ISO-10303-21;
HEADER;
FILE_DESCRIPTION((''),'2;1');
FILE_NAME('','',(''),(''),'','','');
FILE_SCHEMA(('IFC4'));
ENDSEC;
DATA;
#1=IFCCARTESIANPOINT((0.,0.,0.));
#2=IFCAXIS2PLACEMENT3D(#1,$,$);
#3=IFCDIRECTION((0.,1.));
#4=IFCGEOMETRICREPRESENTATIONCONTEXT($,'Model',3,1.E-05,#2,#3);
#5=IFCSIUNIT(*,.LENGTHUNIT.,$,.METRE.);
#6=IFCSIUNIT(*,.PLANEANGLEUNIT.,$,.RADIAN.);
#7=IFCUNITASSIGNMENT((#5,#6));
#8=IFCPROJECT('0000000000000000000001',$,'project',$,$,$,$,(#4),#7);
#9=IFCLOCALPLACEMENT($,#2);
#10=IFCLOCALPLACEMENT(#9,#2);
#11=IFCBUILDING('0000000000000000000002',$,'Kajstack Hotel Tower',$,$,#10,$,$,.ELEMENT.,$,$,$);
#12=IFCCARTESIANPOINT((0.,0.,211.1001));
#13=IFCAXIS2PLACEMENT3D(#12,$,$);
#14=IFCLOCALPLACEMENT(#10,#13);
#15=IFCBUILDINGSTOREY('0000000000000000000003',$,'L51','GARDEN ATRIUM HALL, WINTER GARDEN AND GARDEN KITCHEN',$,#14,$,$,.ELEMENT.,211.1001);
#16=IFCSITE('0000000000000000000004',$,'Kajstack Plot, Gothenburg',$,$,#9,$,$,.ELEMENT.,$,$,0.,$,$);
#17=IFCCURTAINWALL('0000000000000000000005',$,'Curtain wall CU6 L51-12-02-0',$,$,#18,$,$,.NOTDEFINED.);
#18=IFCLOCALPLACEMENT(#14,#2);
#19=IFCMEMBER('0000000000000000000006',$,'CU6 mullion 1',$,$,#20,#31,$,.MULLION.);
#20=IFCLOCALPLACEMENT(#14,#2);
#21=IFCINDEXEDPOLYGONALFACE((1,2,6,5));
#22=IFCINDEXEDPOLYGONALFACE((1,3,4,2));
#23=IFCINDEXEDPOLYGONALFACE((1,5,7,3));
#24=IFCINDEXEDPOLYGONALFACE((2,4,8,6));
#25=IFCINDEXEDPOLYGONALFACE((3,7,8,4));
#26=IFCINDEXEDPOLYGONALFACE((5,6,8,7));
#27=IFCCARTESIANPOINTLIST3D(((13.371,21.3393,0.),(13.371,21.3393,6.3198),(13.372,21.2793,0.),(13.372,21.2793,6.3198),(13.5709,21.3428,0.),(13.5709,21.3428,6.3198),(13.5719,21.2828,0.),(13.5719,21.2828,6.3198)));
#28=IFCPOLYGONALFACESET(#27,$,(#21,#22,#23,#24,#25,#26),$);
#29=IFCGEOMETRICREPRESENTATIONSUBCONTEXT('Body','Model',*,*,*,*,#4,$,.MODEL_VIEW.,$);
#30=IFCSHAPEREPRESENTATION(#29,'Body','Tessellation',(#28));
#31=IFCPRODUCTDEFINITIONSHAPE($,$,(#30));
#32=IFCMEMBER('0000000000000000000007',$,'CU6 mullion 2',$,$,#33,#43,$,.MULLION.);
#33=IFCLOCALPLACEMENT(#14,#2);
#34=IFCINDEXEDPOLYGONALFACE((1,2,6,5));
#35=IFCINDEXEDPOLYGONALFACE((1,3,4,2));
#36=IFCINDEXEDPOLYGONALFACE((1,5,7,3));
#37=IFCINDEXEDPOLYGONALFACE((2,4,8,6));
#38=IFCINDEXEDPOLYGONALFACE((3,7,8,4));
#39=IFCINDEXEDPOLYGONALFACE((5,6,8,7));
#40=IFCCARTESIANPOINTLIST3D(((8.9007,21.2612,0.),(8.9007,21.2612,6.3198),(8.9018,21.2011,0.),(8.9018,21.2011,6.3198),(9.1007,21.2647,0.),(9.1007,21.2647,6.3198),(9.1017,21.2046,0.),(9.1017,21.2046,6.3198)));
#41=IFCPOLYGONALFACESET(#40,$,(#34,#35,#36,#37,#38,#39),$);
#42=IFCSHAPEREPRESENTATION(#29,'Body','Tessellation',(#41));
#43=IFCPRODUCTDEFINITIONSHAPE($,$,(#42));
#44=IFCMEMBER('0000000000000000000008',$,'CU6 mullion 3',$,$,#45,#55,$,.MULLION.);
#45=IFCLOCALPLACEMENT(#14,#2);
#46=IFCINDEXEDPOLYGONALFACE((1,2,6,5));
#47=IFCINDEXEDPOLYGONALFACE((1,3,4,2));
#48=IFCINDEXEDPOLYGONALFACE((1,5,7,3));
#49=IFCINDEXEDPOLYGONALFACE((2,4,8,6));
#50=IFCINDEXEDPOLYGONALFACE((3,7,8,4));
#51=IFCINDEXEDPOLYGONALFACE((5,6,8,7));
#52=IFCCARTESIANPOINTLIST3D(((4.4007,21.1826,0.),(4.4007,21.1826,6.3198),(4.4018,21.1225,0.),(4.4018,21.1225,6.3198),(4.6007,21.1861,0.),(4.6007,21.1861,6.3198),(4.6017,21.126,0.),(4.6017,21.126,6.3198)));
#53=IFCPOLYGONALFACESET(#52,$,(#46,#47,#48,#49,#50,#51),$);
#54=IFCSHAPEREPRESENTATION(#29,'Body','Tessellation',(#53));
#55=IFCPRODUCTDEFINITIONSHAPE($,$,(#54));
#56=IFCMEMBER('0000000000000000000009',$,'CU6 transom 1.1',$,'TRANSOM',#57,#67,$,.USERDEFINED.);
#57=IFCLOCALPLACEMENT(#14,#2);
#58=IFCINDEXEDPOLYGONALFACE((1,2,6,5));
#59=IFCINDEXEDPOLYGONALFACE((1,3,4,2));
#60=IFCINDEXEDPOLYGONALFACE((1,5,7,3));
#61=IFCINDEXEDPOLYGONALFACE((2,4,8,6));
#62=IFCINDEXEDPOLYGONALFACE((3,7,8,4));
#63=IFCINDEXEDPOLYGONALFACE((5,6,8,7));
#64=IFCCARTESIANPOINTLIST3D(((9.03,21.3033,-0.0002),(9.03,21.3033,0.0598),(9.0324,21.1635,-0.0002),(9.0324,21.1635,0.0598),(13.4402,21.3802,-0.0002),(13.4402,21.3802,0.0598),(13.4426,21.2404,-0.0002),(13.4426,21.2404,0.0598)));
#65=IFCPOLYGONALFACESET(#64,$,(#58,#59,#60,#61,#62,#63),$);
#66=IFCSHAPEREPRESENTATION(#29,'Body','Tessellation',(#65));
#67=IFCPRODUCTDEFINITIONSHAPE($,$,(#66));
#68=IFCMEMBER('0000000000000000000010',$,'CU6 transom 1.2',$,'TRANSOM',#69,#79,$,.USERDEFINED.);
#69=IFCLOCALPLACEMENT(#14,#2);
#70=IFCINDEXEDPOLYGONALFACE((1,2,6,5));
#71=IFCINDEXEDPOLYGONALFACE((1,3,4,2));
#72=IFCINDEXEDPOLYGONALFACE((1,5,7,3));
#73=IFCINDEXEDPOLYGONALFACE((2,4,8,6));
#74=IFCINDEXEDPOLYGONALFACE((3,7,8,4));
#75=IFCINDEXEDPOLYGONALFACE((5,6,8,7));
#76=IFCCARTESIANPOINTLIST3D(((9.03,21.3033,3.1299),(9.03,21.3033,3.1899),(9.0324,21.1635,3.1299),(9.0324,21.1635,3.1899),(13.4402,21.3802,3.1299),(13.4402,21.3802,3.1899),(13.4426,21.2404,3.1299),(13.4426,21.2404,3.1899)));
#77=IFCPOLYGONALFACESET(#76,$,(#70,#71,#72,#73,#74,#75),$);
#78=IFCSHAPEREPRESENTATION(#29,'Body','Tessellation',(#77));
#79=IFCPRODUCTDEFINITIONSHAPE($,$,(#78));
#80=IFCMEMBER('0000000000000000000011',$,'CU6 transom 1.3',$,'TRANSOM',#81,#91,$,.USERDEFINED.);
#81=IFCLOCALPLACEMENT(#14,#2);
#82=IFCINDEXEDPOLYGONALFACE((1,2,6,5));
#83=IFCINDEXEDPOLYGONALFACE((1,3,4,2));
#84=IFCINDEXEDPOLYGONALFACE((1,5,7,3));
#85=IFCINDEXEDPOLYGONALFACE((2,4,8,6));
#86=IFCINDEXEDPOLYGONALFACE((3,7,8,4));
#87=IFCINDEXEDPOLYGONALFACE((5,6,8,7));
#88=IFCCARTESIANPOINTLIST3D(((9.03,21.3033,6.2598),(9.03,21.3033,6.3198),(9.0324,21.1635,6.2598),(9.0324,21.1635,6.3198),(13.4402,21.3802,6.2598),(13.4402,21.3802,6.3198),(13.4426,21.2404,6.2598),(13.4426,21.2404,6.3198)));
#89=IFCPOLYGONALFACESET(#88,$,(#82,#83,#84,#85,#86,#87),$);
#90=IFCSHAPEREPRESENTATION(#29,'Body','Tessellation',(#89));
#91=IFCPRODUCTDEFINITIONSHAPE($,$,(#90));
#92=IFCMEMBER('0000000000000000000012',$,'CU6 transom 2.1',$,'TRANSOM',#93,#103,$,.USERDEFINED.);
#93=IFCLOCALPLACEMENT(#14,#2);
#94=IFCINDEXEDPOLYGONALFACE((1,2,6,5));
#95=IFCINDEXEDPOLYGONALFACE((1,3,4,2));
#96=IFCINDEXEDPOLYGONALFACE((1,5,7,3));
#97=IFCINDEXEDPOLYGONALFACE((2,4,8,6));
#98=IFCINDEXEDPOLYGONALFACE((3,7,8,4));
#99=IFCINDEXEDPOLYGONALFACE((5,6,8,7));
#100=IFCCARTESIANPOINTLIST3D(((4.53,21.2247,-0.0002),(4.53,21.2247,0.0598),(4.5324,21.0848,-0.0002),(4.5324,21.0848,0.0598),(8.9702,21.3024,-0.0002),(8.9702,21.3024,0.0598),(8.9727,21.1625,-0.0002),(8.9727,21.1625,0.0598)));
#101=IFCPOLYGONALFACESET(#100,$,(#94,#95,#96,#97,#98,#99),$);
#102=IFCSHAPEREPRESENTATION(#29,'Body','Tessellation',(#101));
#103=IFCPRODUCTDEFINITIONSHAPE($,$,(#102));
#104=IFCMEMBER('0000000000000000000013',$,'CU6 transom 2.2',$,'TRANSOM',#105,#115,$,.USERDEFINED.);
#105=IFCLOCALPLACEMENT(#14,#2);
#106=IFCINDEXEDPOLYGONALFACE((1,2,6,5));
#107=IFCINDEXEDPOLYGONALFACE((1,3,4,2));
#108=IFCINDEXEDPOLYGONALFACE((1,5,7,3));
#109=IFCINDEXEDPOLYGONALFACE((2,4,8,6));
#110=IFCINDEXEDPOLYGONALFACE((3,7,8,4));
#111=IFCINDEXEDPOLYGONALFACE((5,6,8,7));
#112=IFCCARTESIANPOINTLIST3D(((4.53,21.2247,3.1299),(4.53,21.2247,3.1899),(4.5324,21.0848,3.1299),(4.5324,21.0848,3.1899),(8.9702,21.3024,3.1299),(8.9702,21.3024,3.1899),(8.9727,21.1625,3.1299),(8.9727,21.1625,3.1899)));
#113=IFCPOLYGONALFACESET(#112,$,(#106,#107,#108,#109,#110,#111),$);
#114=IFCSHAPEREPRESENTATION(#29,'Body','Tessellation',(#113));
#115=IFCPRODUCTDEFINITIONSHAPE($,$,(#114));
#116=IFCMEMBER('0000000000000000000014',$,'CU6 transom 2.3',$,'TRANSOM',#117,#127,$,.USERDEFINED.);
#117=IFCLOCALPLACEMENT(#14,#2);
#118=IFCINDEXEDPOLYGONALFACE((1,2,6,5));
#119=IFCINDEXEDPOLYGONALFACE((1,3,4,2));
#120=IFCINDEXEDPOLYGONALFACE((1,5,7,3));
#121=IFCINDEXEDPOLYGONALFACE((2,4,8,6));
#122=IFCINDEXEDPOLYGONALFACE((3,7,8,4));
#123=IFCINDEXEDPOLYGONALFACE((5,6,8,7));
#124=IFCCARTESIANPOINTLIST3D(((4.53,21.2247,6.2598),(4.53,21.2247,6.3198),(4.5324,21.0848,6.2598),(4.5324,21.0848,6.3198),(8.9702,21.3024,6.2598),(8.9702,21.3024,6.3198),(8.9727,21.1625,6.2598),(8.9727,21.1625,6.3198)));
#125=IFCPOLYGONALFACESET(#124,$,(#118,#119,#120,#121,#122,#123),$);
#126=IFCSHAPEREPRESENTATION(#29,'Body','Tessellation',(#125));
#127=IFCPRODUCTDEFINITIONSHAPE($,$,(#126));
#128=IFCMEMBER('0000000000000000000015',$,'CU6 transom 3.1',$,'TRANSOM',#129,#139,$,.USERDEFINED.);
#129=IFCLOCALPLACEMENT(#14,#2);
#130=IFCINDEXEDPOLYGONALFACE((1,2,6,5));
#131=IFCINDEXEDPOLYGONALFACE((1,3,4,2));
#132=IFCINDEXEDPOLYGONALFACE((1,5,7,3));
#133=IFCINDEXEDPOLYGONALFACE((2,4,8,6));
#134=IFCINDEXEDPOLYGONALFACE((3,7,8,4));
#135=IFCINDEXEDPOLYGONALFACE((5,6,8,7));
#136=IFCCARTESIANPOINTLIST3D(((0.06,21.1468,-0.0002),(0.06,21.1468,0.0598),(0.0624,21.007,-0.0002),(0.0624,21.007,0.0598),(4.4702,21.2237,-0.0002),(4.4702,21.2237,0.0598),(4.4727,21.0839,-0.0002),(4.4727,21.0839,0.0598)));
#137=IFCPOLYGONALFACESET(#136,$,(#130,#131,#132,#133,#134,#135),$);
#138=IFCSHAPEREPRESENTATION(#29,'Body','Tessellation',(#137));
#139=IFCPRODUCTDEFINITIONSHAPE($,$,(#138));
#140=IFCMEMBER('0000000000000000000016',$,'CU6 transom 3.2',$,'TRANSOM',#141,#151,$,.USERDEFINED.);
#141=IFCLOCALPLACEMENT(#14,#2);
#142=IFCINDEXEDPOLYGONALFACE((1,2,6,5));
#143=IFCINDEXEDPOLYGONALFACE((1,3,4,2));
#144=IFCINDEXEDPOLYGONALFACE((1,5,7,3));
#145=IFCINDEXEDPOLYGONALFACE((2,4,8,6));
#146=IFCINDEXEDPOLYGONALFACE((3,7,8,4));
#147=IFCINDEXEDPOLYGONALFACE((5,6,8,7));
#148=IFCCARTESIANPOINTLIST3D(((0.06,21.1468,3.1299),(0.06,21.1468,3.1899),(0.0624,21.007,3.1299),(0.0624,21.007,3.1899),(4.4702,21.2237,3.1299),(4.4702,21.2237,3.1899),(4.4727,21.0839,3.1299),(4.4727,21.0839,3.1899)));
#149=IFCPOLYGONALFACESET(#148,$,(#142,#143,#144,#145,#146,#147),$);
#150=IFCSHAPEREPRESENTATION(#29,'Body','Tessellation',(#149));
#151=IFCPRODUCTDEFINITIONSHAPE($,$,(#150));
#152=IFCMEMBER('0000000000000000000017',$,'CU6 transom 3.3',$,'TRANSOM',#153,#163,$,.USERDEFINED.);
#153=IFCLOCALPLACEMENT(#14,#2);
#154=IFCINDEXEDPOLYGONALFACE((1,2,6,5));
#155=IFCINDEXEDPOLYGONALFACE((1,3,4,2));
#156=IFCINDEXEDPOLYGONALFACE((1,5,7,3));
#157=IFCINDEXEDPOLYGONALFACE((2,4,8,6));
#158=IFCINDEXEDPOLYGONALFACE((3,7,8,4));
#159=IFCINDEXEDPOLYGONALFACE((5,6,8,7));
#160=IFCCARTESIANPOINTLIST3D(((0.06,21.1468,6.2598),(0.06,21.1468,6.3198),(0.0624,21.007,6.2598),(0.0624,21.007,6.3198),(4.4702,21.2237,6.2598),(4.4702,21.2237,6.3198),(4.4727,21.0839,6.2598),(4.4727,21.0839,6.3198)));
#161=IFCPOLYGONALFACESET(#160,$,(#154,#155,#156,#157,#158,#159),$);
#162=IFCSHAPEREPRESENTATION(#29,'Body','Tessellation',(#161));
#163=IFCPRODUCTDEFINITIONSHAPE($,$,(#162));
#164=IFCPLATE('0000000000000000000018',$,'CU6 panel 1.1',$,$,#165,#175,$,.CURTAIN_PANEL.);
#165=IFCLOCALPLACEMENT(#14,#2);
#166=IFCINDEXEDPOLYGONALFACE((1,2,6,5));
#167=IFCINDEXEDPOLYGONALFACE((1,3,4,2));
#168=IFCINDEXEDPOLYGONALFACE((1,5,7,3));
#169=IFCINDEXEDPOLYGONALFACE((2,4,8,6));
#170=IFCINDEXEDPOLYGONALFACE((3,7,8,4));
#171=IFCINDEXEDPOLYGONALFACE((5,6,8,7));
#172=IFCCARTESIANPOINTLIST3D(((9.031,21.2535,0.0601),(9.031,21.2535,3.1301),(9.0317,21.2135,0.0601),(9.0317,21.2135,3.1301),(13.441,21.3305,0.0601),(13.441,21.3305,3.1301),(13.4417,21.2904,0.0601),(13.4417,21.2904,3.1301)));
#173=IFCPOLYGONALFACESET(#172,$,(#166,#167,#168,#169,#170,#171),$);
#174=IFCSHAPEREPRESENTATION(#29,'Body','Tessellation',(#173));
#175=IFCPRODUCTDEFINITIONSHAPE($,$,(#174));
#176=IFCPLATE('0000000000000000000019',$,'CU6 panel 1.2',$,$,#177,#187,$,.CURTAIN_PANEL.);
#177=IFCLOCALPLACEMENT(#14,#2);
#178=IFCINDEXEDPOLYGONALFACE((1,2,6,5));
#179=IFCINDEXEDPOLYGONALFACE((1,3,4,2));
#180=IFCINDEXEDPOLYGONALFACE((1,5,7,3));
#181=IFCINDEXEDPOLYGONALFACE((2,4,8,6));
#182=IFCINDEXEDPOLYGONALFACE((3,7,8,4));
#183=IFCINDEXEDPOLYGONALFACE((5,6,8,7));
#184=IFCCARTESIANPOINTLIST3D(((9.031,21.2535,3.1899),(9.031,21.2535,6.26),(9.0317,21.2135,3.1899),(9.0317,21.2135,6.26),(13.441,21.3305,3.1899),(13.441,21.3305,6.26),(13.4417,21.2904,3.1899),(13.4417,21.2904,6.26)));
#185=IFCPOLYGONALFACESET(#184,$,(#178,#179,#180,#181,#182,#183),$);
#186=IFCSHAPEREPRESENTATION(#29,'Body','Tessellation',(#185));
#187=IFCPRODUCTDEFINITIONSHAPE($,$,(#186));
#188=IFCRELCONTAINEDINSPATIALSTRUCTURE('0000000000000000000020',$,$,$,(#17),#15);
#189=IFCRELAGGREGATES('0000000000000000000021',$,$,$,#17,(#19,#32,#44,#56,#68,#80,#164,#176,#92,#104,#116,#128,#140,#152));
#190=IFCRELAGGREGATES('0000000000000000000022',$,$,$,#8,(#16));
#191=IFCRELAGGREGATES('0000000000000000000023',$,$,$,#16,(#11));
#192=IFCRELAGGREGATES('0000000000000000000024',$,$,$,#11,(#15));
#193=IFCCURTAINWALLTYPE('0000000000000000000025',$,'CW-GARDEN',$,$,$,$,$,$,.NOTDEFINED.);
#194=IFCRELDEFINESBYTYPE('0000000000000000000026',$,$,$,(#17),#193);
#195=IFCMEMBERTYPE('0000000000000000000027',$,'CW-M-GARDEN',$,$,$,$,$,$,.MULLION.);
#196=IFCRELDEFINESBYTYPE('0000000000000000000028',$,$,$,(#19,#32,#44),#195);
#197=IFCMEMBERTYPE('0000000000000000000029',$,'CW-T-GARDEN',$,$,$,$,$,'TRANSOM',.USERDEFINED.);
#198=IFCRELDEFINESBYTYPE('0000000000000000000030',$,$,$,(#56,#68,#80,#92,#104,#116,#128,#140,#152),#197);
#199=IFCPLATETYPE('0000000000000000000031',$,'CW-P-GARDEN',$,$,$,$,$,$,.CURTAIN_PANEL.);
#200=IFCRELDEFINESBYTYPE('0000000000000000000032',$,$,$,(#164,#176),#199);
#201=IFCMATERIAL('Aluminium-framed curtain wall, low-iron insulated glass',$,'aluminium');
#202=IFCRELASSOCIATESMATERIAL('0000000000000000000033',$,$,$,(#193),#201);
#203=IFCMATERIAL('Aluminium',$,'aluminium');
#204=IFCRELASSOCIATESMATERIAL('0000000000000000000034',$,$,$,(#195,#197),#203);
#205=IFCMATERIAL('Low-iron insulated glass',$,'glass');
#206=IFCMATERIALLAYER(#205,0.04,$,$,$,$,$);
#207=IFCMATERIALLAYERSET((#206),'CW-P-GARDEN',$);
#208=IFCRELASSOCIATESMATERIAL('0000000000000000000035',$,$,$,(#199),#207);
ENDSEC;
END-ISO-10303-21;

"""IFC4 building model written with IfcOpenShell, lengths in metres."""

from ifc_helpers import new_model, si_unit, direction, frame, origin, origin_2d, place, context, subcontext, project, spatial, rectangle, extrude, material, layer, layer_set, material_profile, profile_set, type_object, element, aggregate, save


model = new_model("IFC4")

# Units and contexts
model_context = context("Model", 3, precision=1e-05, world=origin(), true_north=direction((0.0, 1.0)))
body_context = subcontext(model_context, "Body", "Model", "MODEL_VIEW")
ifc_project = project(units=[si_unit("LENGTHUNIT", "METRE"), si_unit("PLANEANGLEUNIT", "RADIAN")], contexts=[model_context])

# Site, building, storey
site_placement = place(None, origin())
site = spatial("IfcSite", under=ifc_project, at=site_placement, Name="Kajstack Plot, Gothenburg", CompositionType="ELEMENT", RefElevation=0.0)
building_placement = place(site_placement, origin())
building = spatial("IfcBuilding", under=site, at=building_placement, Name="Kajstack Hotel Tower", CompositionType="ELEMENT")
storey_placement = place(building_placement, frame((0.0, 0.0, 211.1001)))
storey = spatial("IfcBuildingStorey", under=building, at=storey_placement, Name="L51", Description="GARDEN ATRIUM HALL, WINTER GARDEN AND GARDEN KITCHEN", CompositionType="ELEMENT", Elevation=211.1001)

# Curtain wall, members, plates
ifc_material_1 = material(Name="Aluminium-framed curtain wall, low-iron insulated glass", Category="aluminium")
curtain_wall_type = type_object("IfcCurtainWallType", Name="CW-GARDEN", PredefinedType="NOTDEFINED", material=ifc_material_1)
curtain_wall_placement = place(storey_placement, origin())
curtain_wall = element("IfcCurtainWall", 1, at=curtain_wall_placement, inside=storey, type_object=curtain_wall_type, Name="Curtain wall CU6 L51-12-02-0", PredefinedType="NOTDEFINED")
ifc_material_2 = material(Name="Aluminium", Category="aluminium")
ifc_material_profile_1 = material_profile(ifc_material_2, rectangle(XDim=0.0601, YDim=0.2, at=origin_2d()), Name="Aluminium mullion 60 x 200")
ifc_profile_set_1 = profile_set([ifc_material_profile_1], Name="Aluminium")
member_type_1 = type_object("IfcMemberType", Name="CW-M-GARDEN", PredefinedType="MULLION", material=ifc_profile_set_1)
member_1_placement = place(storey_placement, frame((13.4714, 21.311, 0.0), z_axis=(0.0, 0.0, 1.0), x_axis=(0.017453, -0.999848, 0.0)))
member_1 = element("IfcMember", 2, at=member_1_placement, type_object=member_type_1, Name="CU6 mullion 1", PredefinedType="MULLION", context=body_context, shape_type="SweptSolid", body=[
    extrude(rectangle(XDim=0.0601, YDim=0.2, at=origin_2d()), origin(), (0.0, 0.0, 1.0), 6.3198),
])
member_2_placement = place(storey_placement, frame((9.0012, 21.2329, 0.0), z_axis=(0.0, 0.0, 1.0), x_axis=(0.017453, -0.999848, 0.0)))
member_2 = element("IfcMember", 3, at=member_2_placement, type_object=member_type_1, Name="CU6 mullion 2", PredefinedType="MULLION", context=body_context, shape_type="SweptSolid", body=[
    extrude(rectangle(XDim=0.0601, YDim=0.2, at=origin_2d()), origin(), (0.0, 0.0, 1.0), 6.3198),
])
member_3_placement = place(storey_placement, frame((4.5012, 21.1543, 0.0), z_axis=(0.0, 0.0, 1.0), x_axis=(0.017453, -0.999848, 0.0)))
member_3 = element("IfcMember", 4, at=member_3_placement, type_object=member_type_1, Name="CU6 mullion 3", PredefinedType="MULLION", context=body_context, shape_type="SweptSolid", body=[
    extrude(rectangle(XDim=0.0601, YDim=0.2, at=origin_2d()), origin(), (0.0, 0.0, 1.0), 6.3198),
])
ifc_material_profile_2 = material_profile(ifc_material_2, rectangle(XDim=0.1399, YDim=0.0601, at=origin_2d()), Name="Aluminium transom 140 x 60")
ifc_profile_set_2 = profile_set([ifc_material_profile_2], Name="Aluminium")
member_type_2 = type_object("IfcMemberType", Name="CW-T-GARDEN", ElementType="TRANSOM", PredefinedType="USERDEFINED", material=ifc_profile_set_2)
member_4_placement = place(storey_placement, frame((13.4414, 21.3103, 0.0298), z_axis=(-0.999848, -0.017435, 0.0), x_axis=(0.017435, -0.999848, 0.0)))
member_4 = element("IfcMember", 5, at=member_4_placement, type_object=member_type_2, Name="CU6 transom 1.1", ObjectType="TRANSOM", PredefinedType="USERDEFINED", context=body_context, shape_type="SweptSolid", body=[
    extrude(rectangle(XDim=0.1399, YDim=0.0601, at=origin_2d()), origin(), (0.0, 0.0, 1.0), 4.4109),
])
member_5_placement = place(storey_placement, frame((13.4414, 21.3103, 3.1599), z_axis=(-0.999848, -0.017435, 0.0), x_axis=(0.017435, -0.999848, 0.0)))
member_5 = element("IfcMember", 6, at=member_5_placement, type_object=member_type_2, Name="CU6 transom 1.2", ObjectType="TRANSOM", PredefinedType="USERDEFINED", context=body_context, shape_type="SweptSolid", body=[
    extrude(rectangle(XDim=0.1399, YDim=0.0601, at=origin_2d()), origin(), (0.0, 0.0, 1.0), 4.4109),
])
member_6_placement = place(storey_placement, frame((13.4414, 21.3103, 6.2898), z_axis=(-0.999848, -0.017435, 0.0), x_axis=(0.017435, -0.999848, 0.0)))
member_6 = element("IfcMember", 7, at=member_6_placement, type_object=member_type_2, Name="CU6 transom 1.3", ObjectType="TRANSOM", PredefinedType="USERDEFINED", context=body_context, shape_type="SweptSolid", body=[
    extrude(rectangle(XDim=0.1399, YDim=0.0601, at=origin_2d()), origin(), (0.0, 0.0, 1.0), 4.4109),
])
member_7_placement = place(storey_placement, frame((8.9714, 21.2324, 0.0298), z_axis=(-0.999847, -0.017482, 0.0), x_axis=(0.017482, -0.999847, 0.0)))
member_7 = element("IfcMember", 8, at=member_7_placement, type_object=member_type_2, Name="CU6 transom 2.1", ObjectType="TRANSOM", PredefinedType="USERDEFINED", context=body_context, shape_type="SweptSolid", body=[
    extrude(rectangle(XDim=0.1399, YDim=0.0601, at=origin_2d()), origin(), (0.0, 0.0, 1.0), 4.4409),
])
member_8_placement = place(storey_placement, frame((8.9714, 21.2324, 3.1599), z_axis=(-0.999847, -0.017482, 0.0), x_axis=(0.017482, -0.999847, 0.0)))
member_8 = element("IfcMember", 9, at=member_8_placement, type_object=member_type_2, Name="CU6 transom 2.2", ObjectType="TRANSOM", PredefinedType="USERDEFINED", context=body_context, shape_type="SweptSolid", body=[
    extrude(rectangle(XDim=0.1399, YDim=0.0601, at=origin_2d()), origin(), (0.0, 0.0, 1.0), 4.4409),
])
member_9_placement = place(storey_placement, frame((8.9714, 21.2324, 6.2898), z_axis=(-0.999847, -0.017482, 0.0), x_axis=(0.017482, -0.999847, 0.0)))
member_9 = element("IfcMember", 10, at=member_9_placement, type_object=member_type_2, Name="CU6 transom 2.3", ObjectType="TRANSOM", PredefinedType="USERDEFINED", context=body_context, shape_type="SweptSolid", body=[
    extrude(rectangle(XDim=0.1399, YDim=0.0601, at=origin_2d()), origin(), (0.0, 0.0, 1.0), 4.4409),
])
member_10_placement = place(storey_placement, frame((4.4714, 21.1538, 0.0298), z_axis=(-0.999848, -0.017435, 0.0), x_axis=(0.017435, -0.999848, 0.0)))
member_10 = element("IfcMember", 11, at=member_10_placement, type_object=member_type_2, Name="CU6 transom 3.1", ObjectType="TRANSOM", PredefinedType="USERDEFINED", context=body_context, shape_type="SweptSolid", body=[
    extrude(rectangle(XDim=0.1399, YDim=0.0601, at=origin_2d()), origin(), (0.0, 0.0, 1.0), 4.4109),
])
member_11_placement = place(storey_placement, frame((4.4714, 21.1538, 3.1599), z_axis=(-0.999848, -0.017435, 0.0), x_axis=(0.017435, -0.999848, 0.0)))
member_11 = element("IfcMember", 12, at=member_11_placement, type_object=member_type_2, Name="CU6 transom 3.2", ObjectType="TRANSOM", PredefinedType="USERDEFINED", context=body_context, shape_type="SweptSolid", body=[
    extrude(rectangle(XDim=0.1399, YDim=0.0601, at=origin_2d()), origin(), (0.0, 0.0, 1.0), 4.4109),
])
member_12_placement = place(storey_placement, frame((4.4714, 21.1538, 6.2898), z_axis=(-0.999848, -0.017435, 0.0), x_axis=(0.017435, -0.999848, 0.0)))
member_12 = element("IfcMember", 13, at=member_12_placement, type_object=member_type_2, Name="CU6 transom 3.3", ObjectType="TRANSOM", PredefinedType="USERDEFINED", context=body_context, shape_type="SweptSolid", body=[
    extrude(rectangle(XDim=0.1399, YDim=0.0601, at=origin_2d()), origin(), (0.0, 0.0, 1.0), 4.4109),
])
ifc_material_3 = material(Name="Low-iron insulated glass", Category="glass")
ifc_layer = layer(ifc_material_3, 0.04)
ifc_layer_set = layer_set([ifc_layer], Name="CW-P-GARDEN")
plate_type = type_object("IfcPlateType", Name="CW-P-GARDEN", PredefinedType="CURTAIN_PANEL", material=ifc_layer_set)
plate_1_placement = place(storey_placement, frame((11.2363, 21.272, 0.0601), z_axis=(0.0, 0.0, 1.0), x_axis=(-0.999848, -0.017453, 0.0)))
plate_1 = element("IfcPlate", 14, at=plate_1_placement, type_object=plate_type, Name="CU6 panel 1.1", PredefinedType="CURTAIN_PANEL", context=body_context, shape_type="SweptSolid", body=[
    extrude(rectangle(XDim=4.4106, YDim=0.04, at=origin_2d()), origin(), (0.0, 0.0, 1.0), 3.0701),
])
plate_2_placement = place(storey_placement, frame((11.2363, 21.272, 3.1899), z_axis=(0.0, 0.0, 1.0), x_axis=(-0.999848, -0.017453, 0.0)))
plate_2 = element("IfcPlate", 15, at=plate_2_placement, type_object=plate_type, Name="CU6 panel 1.2", PredefinedType="CURTAIN_PANEL", context=body_context, shape_type="SweptSolid", body=[
    extrude(rectangle(XDim=4.4106, YDim=0.04, at=origin_2d()), origin(), (0.0, 0.0, 1.0), 3.0701),
])
aggregate(curtain_wall, [member_1, member_2, member_3, member_4, member_5, member_6, plate_1, plate_2, member_7, member_8, member_9, member_10, member_11, member_12])

save(model, "model.ifc")
